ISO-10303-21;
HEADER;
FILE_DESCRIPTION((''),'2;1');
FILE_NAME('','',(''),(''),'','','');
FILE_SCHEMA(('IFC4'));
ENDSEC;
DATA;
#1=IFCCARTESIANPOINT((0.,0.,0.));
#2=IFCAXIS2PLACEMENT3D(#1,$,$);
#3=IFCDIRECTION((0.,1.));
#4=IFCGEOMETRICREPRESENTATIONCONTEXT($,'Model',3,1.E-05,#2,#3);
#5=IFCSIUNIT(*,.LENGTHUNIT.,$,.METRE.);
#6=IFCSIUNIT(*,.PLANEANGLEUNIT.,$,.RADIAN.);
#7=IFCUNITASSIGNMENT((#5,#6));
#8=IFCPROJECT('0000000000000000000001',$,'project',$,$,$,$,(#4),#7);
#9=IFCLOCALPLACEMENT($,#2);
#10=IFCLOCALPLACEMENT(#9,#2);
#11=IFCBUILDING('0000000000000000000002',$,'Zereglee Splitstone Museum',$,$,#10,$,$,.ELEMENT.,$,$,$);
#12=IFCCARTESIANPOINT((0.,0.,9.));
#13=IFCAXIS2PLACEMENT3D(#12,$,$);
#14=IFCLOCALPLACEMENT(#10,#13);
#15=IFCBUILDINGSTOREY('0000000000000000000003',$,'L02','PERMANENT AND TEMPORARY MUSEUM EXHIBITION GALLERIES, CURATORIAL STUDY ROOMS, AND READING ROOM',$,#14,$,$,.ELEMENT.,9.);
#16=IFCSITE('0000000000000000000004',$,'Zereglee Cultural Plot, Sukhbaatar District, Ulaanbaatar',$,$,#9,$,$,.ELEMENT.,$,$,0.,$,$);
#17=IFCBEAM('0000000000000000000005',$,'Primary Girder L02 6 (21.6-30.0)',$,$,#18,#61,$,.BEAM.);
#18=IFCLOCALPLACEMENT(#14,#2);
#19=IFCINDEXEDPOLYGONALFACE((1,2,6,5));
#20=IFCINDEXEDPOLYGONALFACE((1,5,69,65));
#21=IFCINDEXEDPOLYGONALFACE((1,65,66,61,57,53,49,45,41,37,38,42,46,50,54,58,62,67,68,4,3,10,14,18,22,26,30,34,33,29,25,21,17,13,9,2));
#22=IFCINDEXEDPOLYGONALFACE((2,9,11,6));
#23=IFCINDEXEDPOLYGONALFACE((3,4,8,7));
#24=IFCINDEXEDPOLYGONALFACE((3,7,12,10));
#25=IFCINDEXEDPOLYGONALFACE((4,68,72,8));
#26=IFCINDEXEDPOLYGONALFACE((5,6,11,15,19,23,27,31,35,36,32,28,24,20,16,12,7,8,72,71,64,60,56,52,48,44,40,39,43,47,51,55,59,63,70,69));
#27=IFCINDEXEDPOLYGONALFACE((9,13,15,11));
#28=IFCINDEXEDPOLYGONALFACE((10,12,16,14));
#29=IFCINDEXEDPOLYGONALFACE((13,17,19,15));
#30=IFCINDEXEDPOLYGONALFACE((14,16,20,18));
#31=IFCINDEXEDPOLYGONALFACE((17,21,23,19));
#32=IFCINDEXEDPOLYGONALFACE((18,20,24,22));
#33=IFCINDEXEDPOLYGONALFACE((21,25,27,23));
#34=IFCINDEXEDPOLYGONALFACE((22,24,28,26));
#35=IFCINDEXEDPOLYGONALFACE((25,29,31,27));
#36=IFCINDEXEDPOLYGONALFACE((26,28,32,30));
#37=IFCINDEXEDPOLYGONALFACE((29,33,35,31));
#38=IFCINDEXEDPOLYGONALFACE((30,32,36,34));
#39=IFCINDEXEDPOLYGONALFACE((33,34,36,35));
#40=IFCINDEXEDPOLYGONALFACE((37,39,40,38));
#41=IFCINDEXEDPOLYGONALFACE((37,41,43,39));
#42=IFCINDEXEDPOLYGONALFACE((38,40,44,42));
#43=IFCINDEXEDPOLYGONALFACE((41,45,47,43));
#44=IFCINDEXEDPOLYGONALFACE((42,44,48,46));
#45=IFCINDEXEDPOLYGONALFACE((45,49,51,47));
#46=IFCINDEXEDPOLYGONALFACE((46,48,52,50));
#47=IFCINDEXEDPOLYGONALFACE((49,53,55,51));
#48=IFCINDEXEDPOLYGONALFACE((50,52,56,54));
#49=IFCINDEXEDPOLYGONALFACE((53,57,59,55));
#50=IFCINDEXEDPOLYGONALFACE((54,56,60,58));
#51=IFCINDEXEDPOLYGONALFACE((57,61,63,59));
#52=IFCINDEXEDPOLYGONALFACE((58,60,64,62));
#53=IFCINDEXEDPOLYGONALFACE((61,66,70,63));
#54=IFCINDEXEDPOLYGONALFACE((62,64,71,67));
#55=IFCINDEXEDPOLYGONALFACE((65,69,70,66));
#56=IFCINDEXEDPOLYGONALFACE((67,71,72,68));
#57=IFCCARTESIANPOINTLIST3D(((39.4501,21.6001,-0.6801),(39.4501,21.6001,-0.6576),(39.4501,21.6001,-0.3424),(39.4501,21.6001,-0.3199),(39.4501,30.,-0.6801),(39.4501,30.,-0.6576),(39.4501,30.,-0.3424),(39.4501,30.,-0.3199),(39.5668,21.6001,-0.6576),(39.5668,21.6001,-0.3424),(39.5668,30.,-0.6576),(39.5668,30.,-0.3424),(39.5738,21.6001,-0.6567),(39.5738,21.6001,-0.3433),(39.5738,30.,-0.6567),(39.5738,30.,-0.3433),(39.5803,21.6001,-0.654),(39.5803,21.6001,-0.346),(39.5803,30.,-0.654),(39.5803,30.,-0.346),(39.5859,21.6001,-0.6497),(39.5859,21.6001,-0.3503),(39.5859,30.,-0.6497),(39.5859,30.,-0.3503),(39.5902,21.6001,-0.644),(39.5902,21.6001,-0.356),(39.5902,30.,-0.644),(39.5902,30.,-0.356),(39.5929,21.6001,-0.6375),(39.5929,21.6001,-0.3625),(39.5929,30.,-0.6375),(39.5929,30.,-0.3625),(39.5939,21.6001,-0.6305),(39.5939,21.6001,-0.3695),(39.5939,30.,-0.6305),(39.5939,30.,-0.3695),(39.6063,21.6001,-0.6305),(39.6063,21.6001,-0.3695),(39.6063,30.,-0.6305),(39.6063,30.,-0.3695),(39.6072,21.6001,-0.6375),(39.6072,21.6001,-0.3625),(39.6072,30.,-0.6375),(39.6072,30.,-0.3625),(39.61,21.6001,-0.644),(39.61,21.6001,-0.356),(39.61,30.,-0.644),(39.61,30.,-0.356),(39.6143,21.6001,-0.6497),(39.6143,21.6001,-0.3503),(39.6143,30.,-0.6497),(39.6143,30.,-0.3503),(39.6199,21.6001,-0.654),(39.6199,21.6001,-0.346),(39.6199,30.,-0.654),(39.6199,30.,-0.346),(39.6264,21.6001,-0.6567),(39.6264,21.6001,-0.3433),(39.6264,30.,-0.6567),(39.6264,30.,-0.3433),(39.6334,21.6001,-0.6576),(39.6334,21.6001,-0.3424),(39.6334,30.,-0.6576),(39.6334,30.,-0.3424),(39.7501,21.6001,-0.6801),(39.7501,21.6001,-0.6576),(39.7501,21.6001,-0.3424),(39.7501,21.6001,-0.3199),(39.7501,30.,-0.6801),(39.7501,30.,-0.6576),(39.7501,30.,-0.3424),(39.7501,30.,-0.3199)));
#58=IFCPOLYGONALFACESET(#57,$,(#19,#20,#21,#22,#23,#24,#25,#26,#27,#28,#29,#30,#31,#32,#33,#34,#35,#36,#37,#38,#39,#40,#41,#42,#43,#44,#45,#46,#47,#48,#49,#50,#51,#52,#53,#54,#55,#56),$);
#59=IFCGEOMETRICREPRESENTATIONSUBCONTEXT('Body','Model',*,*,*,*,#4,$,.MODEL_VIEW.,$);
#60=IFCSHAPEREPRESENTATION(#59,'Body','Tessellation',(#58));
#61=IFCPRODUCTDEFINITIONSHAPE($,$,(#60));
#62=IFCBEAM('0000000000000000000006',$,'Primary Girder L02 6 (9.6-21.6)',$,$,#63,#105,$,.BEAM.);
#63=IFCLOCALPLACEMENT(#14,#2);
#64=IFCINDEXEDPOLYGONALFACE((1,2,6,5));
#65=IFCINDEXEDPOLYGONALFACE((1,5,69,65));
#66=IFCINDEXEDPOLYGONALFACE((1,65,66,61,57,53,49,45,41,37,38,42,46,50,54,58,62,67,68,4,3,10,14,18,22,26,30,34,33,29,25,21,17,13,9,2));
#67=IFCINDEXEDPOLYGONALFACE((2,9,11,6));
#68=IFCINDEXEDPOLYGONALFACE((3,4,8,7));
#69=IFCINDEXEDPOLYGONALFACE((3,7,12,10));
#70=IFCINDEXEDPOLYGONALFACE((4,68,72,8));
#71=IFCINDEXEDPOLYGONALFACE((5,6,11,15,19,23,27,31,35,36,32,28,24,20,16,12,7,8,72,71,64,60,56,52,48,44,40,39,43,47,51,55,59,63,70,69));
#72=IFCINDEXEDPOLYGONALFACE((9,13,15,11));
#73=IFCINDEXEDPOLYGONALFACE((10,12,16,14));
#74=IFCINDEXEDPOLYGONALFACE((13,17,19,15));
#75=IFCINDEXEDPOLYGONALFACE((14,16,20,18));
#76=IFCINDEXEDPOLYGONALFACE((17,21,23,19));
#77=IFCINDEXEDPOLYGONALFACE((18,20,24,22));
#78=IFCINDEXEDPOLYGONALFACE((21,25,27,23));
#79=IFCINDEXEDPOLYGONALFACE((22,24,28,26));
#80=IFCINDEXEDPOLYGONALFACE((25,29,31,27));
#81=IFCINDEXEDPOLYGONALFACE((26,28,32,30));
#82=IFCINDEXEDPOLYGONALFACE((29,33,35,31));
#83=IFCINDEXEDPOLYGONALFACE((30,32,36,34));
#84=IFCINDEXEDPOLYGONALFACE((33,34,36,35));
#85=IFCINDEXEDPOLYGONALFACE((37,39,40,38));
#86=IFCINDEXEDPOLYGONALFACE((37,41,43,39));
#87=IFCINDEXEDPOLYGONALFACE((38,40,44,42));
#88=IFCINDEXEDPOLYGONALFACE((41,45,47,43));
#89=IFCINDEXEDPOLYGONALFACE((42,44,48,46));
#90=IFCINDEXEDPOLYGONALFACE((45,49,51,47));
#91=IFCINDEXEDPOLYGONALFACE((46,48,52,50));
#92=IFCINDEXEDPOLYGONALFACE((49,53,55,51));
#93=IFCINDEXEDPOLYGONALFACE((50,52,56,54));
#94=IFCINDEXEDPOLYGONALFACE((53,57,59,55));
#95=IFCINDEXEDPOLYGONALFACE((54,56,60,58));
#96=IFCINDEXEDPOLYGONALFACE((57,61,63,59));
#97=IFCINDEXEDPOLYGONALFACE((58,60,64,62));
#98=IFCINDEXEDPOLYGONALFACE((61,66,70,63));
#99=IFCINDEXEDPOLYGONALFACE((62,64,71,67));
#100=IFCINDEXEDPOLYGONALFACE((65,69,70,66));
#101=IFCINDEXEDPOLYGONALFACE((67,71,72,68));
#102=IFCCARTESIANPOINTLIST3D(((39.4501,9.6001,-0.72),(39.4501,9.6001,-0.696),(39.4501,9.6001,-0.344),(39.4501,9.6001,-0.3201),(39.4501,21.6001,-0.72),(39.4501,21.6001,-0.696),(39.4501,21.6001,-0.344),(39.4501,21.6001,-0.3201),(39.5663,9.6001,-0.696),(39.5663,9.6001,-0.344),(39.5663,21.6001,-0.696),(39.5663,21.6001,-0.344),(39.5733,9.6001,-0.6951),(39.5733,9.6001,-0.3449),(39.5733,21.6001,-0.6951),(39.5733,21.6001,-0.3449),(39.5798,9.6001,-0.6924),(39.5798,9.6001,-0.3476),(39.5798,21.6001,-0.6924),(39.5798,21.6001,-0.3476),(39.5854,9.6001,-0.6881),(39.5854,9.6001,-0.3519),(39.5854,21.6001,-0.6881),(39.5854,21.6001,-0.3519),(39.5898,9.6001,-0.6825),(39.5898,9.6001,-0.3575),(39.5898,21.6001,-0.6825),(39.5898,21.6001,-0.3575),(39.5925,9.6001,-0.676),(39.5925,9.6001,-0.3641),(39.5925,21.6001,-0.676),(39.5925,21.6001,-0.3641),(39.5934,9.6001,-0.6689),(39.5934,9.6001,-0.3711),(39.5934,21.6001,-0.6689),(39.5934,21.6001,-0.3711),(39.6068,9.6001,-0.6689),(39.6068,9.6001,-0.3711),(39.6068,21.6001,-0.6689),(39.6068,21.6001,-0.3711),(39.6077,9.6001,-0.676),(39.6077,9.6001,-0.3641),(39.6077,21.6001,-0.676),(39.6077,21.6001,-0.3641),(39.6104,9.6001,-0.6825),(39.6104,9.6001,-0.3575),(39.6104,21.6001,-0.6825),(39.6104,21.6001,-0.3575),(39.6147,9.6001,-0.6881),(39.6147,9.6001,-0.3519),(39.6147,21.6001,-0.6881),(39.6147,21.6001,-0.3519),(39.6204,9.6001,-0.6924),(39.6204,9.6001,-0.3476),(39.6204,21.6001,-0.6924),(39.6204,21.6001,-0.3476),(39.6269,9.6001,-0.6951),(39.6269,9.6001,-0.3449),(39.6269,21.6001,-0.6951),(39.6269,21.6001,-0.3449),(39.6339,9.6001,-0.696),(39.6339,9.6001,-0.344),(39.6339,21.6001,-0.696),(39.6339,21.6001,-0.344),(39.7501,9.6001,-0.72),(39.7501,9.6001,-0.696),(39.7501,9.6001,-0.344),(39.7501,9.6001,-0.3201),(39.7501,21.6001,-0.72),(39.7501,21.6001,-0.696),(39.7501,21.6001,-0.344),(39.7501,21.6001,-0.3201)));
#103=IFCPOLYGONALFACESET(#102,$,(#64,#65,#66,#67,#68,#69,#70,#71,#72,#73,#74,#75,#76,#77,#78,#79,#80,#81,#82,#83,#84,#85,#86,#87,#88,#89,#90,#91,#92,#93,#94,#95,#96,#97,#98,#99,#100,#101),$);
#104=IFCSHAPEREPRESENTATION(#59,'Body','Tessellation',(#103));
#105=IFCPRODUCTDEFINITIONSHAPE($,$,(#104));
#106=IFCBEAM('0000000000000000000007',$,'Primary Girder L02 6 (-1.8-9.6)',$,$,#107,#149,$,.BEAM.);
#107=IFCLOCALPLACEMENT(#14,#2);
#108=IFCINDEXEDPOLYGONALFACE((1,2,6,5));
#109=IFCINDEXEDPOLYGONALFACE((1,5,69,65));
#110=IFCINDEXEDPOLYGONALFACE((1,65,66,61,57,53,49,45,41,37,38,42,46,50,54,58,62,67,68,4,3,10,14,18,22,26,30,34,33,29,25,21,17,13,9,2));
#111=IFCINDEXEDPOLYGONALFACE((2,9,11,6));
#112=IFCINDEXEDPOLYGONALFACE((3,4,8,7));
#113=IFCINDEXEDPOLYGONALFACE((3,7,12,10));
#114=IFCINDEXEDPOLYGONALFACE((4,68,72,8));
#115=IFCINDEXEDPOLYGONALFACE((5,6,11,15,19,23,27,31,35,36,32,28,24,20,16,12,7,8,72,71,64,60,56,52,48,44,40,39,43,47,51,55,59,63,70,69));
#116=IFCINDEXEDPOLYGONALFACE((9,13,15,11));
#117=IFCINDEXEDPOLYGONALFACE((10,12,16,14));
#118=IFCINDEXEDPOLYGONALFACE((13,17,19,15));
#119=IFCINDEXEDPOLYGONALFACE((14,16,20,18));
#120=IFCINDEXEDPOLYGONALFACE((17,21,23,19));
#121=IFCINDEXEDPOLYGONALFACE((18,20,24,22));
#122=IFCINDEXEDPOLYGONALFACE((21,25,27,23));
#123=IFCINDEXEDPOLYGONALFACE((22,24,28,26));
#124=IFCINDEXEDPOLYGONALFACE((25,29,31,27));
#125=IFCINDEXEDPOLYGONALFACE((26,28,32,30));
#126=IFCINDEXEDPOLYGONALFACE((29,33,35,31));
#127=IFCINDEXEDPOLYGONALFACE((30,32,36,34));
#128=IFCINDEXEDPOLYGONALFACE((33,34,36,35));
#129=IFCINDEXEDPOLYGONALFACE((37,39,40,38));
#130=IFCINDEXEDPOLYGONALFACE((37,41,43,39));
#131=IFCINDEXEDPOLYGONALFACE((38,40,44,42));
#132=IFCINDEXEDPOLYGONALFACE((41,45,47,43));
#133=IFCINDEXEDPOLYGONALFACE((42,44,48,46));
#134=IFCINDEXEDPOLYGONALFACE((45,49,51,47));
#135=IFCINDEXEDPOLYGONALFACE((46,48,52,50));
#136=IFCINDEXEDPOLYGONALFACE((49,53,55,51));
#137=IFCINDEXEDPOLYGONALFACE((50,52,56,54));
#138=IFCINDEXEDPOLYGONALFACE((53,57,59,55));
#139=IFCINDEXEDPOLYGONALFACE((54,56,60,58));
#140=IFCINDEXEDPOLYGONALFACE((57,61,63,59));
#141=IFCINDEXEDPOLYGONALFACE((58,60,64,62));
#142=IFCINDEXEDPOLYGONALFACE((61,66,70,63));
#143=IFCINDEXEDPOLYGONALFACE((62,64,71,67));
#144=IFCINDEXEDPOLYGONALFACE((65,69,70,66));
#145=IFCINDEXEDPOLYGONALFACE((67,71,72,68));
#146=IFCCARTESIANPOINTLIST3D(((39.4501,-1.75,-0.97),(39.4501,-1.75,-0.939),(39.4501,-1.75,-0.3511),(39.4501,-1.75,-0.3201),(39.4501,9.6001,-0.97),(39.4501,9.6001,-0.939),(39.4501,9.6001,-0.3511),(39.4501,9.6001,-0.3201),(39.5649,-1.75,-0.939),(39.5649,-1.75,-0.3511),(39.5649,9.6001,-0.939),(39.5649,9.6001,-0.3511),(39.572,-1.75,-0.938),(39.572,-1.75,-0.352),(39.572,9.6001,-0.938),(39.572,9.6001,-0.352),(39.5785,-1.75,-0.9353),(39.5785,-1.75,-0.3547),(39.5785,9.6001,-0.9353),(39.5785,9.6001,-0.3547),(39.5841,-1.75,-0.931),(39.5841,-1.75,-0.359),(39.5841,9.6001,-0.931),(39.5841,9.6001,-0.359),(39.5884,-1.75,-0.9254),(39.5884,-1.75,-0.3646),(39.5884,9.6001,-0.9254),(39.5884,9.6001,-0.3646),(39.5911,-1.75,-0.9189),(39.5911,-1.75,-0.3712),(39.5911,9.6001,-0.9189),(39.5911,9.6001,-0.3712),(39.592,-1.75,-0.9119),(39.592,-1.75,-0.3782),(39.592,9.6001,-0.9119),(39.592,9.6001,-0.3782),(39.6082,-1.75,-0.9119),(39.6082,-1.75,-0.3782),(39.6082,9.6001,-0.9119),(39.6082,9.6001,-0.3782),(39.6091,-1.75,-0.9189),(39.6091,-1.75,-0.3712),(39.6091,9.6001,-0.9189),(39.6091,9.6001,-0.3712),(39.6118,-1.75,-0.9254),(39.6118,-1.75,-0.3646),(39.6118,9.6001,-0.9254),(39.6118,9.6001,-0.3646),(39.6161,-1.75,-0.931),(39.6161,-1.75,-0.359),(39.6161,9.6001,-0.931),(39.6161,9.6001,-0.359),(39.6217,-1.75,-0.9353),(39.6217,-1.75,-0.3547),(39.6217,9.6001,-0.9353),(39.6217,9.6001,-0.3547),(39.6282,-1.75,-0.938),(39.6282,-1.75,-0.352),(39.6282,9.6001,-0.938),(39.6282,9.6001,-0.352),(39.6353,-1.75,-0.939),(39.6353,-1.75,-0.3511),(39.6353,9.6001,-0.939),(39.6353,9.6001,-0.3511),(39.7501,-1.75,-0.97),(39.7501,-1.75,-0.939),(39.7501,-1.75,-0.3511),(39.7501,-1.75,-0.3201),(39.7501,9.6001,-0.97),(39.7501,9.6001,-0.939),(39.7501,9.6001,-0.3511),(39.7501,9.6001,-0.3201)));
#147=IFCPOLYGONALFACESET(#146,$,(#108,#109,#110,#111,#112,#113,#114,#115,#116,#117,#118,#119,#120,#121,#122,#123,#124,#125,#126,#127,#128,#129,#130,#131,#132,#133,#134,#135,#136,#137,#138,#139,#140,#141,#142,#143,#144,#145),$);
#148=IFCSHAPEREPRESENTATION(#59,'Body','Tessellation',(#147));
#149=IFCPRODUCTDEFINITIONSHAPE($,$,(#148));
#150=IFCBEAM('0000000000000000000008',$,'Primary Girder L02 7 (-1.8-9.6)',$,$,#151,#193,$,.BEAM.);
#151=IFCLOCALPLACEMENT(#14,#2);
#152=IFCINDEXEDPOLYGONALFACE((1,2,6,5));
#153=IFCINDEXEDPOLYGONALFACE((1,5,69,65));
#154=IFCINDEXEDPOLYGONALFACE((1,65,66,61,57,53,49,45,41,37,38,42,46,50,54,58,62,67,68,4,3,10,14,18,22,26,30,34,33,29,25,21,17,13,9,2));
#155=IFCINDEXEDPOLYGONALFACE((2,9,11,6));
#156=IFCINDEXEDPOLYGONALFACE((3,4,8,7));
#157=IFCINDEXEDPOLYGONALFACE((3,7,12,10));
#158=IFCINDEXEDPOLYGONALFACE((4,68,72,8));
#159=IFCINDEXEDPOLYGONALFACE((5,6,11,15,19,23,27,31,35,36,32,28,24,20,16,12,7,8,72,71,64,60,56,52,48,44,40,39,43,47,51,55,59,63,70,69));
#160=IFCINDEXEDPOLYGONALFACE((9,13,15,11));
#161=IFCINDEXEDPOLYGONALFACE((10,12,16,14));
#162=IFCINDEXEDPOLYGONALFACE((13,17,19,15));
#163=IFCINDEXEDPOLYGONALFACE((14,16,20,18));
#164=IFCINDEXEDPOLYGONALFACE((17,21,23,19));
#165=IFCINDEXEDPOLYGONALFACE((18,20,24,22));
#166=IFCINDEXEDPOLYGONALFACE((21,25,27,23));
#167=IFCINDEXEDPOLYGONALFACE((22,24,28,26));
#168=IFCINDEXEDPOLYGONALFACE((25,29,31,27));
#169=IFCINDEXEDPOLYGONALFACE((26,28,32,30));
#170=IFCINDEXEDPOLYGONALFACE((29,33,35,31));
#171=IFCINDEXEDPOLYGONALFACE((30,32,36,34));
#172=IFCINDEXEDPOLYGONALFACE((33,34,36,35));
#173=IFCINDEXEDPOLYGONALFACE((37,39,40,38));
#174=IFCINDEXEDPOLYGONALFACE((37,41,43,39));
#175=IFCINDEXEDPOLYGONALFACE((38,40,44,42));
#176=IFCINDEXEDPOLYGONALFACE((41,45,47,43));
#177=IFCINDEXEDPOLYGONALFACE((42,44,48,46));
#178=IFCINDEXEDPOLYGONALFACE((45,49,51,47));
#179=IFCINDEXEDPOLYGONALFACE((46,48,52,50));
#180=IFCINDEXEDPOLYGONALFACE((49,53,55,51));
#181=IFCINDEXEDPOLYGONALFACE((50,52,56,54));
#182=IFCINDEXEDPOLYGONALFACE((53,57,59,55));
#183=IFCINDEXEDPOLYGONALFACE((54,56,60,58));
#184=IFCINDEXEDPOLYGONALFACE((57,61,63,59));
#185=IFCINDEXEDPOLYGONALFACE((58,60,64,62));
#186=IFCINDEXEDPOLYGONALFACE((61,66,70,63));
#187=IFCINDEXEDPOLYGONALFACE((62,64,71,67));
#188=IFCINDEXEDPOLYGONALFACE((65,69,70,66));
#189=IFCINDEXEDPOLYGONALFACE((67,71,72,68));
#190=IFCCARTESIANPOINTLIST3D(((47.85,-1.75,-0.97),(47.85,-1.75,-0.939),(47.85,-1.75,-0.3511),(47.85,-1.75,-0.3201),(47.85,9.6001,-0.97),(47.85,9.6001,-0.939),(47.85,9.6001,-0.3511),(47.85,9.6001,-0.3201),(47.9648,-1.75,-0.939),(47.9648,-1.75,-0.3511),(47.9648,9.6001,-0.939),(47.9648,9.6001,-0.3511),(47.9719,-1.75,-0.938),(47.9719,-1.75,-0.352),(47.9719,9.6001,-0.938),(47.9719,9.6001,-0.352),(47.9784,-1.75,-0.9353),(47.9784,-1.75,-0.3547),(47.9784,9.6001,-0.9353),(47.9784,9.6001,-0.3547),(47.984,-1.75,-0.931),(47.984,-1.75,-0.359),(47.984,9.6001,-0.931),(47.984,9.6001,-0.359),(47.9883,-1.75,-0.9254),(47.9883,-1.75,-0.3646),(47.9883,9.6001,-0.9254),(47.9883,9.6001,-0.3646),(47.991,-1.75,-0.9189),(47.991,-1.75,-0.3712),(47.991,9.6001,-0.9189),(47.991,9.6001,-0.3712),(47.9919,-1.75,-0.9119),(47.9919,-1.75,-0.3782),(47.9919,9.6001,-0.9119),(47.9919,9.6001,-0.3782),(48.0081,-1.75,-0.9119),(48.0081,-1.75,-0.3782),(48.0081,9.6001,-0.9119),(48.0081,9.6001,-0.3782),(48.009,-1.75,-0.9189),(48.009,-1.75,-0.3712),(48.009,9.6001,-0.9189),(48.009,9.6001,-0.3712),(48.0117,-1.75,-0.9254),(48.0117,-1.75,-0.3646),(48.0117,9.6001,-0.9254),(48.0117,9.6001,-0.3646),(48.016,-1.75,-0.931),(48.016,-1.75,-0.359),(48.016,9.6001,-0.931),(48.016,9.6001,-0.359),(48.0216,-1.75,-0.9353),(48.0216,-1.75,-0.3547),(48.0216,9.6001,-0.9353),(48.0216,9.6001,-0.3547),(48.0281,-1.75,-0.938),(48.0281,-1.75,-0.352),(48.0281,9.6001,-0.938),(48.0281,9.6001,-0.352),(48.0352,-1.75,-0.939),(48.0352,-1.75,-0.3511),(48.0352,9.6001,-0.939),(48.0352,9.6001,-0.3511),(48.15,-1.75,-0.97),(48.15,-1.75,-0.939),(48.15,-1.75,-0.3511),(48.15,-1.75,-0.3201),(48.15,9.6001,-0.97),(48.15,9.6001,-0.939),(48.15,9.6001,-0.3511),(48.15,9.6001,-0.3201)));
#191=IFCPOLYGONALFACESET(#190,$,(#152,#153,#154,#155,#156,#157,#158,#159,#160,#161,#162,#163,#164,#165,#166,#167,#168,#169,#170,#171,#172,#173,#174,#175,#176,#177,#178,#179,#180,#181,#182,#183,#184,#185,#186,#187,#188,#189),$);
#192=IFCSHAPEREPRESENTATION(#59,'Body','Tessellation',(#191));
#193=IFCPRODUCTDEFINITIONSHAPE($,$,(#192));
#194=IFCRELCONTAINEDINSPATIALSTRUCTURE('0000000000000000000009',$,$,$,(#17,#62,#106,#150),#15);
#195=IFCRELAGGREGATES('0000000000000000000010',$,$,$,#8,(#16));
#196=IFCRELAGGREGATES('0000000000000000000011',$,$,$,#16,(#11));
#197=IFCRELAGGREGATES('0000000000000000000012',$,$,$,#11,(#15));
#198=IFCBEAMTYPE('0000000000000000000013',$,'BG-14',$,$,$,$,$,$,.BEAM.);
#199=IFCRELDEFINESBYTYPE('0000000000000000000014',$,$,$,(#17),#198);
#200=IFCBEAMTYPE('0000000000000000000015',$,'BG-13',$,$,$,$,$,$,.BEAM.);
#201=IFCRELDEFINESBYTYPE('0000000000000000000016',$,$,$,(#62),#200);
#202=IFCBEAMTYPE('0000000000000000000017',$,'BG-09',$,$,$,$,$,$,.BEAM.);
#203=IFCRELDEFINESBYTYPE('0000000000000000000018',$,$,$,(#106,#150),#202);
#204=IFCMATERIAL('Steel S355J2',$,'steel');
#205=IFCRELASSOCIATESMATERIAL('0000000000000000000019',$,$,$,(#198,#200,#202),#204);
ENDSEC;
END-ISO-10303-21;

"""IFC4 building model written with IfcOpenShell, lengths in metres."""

from ifc_helpers import new_model, si_unit, direction, frame, origin, origin_2d, place, context, subcontext, project, spatial, i_section, extrude, material, material_profile, profile_set, type_object, element, save


model = new_model("IFC4")

# Units and contexts
model_context = context("Model", 3, precision=1e-05, world=origin(), true_north=direction((0.0, 1.0)))
body_context = subcontext(model_context, "Body", "Model", "MODEL_VIEW")
ifc_project = project(units=[si_unit("LENGTHUNIT", "METRE"), si_unit("PLANEANGLEUNIT", "RADIAN")], contexts=[model_context])

# Site, building, storey
site_placement = place(None, origin())
site = spatial("IfcSite", under=ifc_project, at=site_placement, Name="Zereglee Cultural Plot, Sukhbaatar District, Ulaanbaatar", CompositionType="ELEMENT", RefElevation=0.0)
building_placement = place(site_placement, origin())
building = spatial("IfcBuilding", under=site, at=building_placement, Name="Zereglee Splitstone Museum", CompositionType="ELEMENT")
storey_placement = place(building_placement, frame((0.0, 0.0, 9.0)))
storey = spatial("IfcBuildingStorey", under=building, at=storey_placement, Name="L02", Description="PERMANENT AND TEMPORARY MUSEUM EXHIBITION GALLERIES, CURATORIAL STUDY ROOMS, AND READING ROOM", CompositionType="ELEMENT", Elevation=9.0)

# Shared definitions
ifc_material_1 = material(Name="Steel S355J2", Category="steel")

# Beams
ifc_material_profile_1 = material_profile(ifc_material_1, i_section(OverallWidth=0.3, OverallDepth=0.3601, WebThickness=0.0125, FlangeThickness=0.0225, FilletRadius=0.0271, at=origin_2d()), Name="HE 360 B")
ifc_profile_set_1 = profile_set([ifc_material_profile_1], Name="Steel S355J2")
beam_type_1 = type_object("IfcBeamType", Name="BG-14", PredefinedType="BEAM", material=ifc_profile_set_1)
beam_1_placement = place(storey_placement, frame((39.6001, 21.6001, -0.5), z_axis=(0.0, 1.0, 0.0), x_axis=(-1.0, 0.0, 0.0)))
element("IfcBeam", 1, at=beam_1_placement, inside=storey, type_object=beam_type_1, Name="Primary Girder L02 6 (21.6-30.0)", PredefinedType="BEAM", context=body_context, shape_type="SweptSolid", body=[
    extrude(i_section(OverallWidth=0.3, OverallDepth=0.3601, WebThickness=0.0125, FlangeThickness=0.0225, FilletRadius=0.0271, at=origin_2d()), origin(), (0.0, 0.0, 1.0), 8.3999),
])
ifc_material_profile_2 = material_profile(ifc_material_1, i_section(OverallWidth=0.3, OverallDepth=0.3999, WebThickness=0.0134, FlangeThickness=0.0239, FilletRadius=0.0271, at=origin_2d()), Name="HE 400 B")
ifc_profile_set_2 = profile_set([ifc_material_profile_2], Name="Steel S355J2")
beam_type_2 = type_object("IfcBeamType", Name="BG-13", PredefinedType="BEAM", material=ifc_profile_set_2)
beam_2_placement = place(storey_placement, frame((39.6001, 9.6001, -0.52), z_axis=(0.0, 1.0, 0.0), x_axis=(-1.0, 0.0, 0.0)))
element("IfcBeam", 2, at=beam_2_placement, inside=storey, type_object=beam_type_2, Name="Primary Girder L02 6 (9.6-21.6)", PredefinedType="BEAM", context=body_context, shape_type="SweptSolid", body=[
    extrude(i_section(OverallWidth=0.3, OverallDepth=0.3999, WebThickness=0.0134, FlangeThickness=0.0239, FilletRadius=0.0271, at=origin_2d()), origin(), (0.0, 0.0, 1.0), 12.0),
])
ifc_material_profile_3 = material_profile(ifc_material_1, i_section(OverallWidth=0.3, OverallDepth=0.6499, WebThickness=0.0161, FlangeThickness=0.031, FilletRadius=0.0271, at=origin_2d()), Name="HE 650 B")
ifc_profile_set_3 = profile_set([ifc_material_profile_3], Name="Steel S355J2")
beam_type_3 = type_object("IfcBeamType", Name="BG-09", PredefinedType="BEAM", material=ifc_profile_set_3)
for number, where, z_axis, x_axis, name in (
    (3, (39.6001, -1.75, -0.645), (0.0, 1.0, 0.0), (-1.0, 0.0, 0.0), "Primary Girder L02 6 (-1.8-9.6)"),
    (4, (48.0, -1.75, -0.645), (0.0, 1.0, 0.0), (-1.0, 0.0, 0.0), "Primary Girder L02 7 (-1.8-9.6)"),
):
    element("IfcBeam", number, at=place(storey_placement, frame(where, z_axis=z_axis, x_axis=x_axis)), inside=storey, type_object=beam_type_3, Name=name, PredefinedType="BEAM", context=body_context, shape_type="SweptSolid", body=[
        extrude(i_section(OverallWidth=0.3, OverallDepth=0.6499, WebThickness=0.0161, FlangeThickness=0.031, FilletRadius=0.0271, at=origin_2d()), origin(), (0.0, 0.0, 1.0), 11.3501),
    ])

save(model, "model.ifc")
